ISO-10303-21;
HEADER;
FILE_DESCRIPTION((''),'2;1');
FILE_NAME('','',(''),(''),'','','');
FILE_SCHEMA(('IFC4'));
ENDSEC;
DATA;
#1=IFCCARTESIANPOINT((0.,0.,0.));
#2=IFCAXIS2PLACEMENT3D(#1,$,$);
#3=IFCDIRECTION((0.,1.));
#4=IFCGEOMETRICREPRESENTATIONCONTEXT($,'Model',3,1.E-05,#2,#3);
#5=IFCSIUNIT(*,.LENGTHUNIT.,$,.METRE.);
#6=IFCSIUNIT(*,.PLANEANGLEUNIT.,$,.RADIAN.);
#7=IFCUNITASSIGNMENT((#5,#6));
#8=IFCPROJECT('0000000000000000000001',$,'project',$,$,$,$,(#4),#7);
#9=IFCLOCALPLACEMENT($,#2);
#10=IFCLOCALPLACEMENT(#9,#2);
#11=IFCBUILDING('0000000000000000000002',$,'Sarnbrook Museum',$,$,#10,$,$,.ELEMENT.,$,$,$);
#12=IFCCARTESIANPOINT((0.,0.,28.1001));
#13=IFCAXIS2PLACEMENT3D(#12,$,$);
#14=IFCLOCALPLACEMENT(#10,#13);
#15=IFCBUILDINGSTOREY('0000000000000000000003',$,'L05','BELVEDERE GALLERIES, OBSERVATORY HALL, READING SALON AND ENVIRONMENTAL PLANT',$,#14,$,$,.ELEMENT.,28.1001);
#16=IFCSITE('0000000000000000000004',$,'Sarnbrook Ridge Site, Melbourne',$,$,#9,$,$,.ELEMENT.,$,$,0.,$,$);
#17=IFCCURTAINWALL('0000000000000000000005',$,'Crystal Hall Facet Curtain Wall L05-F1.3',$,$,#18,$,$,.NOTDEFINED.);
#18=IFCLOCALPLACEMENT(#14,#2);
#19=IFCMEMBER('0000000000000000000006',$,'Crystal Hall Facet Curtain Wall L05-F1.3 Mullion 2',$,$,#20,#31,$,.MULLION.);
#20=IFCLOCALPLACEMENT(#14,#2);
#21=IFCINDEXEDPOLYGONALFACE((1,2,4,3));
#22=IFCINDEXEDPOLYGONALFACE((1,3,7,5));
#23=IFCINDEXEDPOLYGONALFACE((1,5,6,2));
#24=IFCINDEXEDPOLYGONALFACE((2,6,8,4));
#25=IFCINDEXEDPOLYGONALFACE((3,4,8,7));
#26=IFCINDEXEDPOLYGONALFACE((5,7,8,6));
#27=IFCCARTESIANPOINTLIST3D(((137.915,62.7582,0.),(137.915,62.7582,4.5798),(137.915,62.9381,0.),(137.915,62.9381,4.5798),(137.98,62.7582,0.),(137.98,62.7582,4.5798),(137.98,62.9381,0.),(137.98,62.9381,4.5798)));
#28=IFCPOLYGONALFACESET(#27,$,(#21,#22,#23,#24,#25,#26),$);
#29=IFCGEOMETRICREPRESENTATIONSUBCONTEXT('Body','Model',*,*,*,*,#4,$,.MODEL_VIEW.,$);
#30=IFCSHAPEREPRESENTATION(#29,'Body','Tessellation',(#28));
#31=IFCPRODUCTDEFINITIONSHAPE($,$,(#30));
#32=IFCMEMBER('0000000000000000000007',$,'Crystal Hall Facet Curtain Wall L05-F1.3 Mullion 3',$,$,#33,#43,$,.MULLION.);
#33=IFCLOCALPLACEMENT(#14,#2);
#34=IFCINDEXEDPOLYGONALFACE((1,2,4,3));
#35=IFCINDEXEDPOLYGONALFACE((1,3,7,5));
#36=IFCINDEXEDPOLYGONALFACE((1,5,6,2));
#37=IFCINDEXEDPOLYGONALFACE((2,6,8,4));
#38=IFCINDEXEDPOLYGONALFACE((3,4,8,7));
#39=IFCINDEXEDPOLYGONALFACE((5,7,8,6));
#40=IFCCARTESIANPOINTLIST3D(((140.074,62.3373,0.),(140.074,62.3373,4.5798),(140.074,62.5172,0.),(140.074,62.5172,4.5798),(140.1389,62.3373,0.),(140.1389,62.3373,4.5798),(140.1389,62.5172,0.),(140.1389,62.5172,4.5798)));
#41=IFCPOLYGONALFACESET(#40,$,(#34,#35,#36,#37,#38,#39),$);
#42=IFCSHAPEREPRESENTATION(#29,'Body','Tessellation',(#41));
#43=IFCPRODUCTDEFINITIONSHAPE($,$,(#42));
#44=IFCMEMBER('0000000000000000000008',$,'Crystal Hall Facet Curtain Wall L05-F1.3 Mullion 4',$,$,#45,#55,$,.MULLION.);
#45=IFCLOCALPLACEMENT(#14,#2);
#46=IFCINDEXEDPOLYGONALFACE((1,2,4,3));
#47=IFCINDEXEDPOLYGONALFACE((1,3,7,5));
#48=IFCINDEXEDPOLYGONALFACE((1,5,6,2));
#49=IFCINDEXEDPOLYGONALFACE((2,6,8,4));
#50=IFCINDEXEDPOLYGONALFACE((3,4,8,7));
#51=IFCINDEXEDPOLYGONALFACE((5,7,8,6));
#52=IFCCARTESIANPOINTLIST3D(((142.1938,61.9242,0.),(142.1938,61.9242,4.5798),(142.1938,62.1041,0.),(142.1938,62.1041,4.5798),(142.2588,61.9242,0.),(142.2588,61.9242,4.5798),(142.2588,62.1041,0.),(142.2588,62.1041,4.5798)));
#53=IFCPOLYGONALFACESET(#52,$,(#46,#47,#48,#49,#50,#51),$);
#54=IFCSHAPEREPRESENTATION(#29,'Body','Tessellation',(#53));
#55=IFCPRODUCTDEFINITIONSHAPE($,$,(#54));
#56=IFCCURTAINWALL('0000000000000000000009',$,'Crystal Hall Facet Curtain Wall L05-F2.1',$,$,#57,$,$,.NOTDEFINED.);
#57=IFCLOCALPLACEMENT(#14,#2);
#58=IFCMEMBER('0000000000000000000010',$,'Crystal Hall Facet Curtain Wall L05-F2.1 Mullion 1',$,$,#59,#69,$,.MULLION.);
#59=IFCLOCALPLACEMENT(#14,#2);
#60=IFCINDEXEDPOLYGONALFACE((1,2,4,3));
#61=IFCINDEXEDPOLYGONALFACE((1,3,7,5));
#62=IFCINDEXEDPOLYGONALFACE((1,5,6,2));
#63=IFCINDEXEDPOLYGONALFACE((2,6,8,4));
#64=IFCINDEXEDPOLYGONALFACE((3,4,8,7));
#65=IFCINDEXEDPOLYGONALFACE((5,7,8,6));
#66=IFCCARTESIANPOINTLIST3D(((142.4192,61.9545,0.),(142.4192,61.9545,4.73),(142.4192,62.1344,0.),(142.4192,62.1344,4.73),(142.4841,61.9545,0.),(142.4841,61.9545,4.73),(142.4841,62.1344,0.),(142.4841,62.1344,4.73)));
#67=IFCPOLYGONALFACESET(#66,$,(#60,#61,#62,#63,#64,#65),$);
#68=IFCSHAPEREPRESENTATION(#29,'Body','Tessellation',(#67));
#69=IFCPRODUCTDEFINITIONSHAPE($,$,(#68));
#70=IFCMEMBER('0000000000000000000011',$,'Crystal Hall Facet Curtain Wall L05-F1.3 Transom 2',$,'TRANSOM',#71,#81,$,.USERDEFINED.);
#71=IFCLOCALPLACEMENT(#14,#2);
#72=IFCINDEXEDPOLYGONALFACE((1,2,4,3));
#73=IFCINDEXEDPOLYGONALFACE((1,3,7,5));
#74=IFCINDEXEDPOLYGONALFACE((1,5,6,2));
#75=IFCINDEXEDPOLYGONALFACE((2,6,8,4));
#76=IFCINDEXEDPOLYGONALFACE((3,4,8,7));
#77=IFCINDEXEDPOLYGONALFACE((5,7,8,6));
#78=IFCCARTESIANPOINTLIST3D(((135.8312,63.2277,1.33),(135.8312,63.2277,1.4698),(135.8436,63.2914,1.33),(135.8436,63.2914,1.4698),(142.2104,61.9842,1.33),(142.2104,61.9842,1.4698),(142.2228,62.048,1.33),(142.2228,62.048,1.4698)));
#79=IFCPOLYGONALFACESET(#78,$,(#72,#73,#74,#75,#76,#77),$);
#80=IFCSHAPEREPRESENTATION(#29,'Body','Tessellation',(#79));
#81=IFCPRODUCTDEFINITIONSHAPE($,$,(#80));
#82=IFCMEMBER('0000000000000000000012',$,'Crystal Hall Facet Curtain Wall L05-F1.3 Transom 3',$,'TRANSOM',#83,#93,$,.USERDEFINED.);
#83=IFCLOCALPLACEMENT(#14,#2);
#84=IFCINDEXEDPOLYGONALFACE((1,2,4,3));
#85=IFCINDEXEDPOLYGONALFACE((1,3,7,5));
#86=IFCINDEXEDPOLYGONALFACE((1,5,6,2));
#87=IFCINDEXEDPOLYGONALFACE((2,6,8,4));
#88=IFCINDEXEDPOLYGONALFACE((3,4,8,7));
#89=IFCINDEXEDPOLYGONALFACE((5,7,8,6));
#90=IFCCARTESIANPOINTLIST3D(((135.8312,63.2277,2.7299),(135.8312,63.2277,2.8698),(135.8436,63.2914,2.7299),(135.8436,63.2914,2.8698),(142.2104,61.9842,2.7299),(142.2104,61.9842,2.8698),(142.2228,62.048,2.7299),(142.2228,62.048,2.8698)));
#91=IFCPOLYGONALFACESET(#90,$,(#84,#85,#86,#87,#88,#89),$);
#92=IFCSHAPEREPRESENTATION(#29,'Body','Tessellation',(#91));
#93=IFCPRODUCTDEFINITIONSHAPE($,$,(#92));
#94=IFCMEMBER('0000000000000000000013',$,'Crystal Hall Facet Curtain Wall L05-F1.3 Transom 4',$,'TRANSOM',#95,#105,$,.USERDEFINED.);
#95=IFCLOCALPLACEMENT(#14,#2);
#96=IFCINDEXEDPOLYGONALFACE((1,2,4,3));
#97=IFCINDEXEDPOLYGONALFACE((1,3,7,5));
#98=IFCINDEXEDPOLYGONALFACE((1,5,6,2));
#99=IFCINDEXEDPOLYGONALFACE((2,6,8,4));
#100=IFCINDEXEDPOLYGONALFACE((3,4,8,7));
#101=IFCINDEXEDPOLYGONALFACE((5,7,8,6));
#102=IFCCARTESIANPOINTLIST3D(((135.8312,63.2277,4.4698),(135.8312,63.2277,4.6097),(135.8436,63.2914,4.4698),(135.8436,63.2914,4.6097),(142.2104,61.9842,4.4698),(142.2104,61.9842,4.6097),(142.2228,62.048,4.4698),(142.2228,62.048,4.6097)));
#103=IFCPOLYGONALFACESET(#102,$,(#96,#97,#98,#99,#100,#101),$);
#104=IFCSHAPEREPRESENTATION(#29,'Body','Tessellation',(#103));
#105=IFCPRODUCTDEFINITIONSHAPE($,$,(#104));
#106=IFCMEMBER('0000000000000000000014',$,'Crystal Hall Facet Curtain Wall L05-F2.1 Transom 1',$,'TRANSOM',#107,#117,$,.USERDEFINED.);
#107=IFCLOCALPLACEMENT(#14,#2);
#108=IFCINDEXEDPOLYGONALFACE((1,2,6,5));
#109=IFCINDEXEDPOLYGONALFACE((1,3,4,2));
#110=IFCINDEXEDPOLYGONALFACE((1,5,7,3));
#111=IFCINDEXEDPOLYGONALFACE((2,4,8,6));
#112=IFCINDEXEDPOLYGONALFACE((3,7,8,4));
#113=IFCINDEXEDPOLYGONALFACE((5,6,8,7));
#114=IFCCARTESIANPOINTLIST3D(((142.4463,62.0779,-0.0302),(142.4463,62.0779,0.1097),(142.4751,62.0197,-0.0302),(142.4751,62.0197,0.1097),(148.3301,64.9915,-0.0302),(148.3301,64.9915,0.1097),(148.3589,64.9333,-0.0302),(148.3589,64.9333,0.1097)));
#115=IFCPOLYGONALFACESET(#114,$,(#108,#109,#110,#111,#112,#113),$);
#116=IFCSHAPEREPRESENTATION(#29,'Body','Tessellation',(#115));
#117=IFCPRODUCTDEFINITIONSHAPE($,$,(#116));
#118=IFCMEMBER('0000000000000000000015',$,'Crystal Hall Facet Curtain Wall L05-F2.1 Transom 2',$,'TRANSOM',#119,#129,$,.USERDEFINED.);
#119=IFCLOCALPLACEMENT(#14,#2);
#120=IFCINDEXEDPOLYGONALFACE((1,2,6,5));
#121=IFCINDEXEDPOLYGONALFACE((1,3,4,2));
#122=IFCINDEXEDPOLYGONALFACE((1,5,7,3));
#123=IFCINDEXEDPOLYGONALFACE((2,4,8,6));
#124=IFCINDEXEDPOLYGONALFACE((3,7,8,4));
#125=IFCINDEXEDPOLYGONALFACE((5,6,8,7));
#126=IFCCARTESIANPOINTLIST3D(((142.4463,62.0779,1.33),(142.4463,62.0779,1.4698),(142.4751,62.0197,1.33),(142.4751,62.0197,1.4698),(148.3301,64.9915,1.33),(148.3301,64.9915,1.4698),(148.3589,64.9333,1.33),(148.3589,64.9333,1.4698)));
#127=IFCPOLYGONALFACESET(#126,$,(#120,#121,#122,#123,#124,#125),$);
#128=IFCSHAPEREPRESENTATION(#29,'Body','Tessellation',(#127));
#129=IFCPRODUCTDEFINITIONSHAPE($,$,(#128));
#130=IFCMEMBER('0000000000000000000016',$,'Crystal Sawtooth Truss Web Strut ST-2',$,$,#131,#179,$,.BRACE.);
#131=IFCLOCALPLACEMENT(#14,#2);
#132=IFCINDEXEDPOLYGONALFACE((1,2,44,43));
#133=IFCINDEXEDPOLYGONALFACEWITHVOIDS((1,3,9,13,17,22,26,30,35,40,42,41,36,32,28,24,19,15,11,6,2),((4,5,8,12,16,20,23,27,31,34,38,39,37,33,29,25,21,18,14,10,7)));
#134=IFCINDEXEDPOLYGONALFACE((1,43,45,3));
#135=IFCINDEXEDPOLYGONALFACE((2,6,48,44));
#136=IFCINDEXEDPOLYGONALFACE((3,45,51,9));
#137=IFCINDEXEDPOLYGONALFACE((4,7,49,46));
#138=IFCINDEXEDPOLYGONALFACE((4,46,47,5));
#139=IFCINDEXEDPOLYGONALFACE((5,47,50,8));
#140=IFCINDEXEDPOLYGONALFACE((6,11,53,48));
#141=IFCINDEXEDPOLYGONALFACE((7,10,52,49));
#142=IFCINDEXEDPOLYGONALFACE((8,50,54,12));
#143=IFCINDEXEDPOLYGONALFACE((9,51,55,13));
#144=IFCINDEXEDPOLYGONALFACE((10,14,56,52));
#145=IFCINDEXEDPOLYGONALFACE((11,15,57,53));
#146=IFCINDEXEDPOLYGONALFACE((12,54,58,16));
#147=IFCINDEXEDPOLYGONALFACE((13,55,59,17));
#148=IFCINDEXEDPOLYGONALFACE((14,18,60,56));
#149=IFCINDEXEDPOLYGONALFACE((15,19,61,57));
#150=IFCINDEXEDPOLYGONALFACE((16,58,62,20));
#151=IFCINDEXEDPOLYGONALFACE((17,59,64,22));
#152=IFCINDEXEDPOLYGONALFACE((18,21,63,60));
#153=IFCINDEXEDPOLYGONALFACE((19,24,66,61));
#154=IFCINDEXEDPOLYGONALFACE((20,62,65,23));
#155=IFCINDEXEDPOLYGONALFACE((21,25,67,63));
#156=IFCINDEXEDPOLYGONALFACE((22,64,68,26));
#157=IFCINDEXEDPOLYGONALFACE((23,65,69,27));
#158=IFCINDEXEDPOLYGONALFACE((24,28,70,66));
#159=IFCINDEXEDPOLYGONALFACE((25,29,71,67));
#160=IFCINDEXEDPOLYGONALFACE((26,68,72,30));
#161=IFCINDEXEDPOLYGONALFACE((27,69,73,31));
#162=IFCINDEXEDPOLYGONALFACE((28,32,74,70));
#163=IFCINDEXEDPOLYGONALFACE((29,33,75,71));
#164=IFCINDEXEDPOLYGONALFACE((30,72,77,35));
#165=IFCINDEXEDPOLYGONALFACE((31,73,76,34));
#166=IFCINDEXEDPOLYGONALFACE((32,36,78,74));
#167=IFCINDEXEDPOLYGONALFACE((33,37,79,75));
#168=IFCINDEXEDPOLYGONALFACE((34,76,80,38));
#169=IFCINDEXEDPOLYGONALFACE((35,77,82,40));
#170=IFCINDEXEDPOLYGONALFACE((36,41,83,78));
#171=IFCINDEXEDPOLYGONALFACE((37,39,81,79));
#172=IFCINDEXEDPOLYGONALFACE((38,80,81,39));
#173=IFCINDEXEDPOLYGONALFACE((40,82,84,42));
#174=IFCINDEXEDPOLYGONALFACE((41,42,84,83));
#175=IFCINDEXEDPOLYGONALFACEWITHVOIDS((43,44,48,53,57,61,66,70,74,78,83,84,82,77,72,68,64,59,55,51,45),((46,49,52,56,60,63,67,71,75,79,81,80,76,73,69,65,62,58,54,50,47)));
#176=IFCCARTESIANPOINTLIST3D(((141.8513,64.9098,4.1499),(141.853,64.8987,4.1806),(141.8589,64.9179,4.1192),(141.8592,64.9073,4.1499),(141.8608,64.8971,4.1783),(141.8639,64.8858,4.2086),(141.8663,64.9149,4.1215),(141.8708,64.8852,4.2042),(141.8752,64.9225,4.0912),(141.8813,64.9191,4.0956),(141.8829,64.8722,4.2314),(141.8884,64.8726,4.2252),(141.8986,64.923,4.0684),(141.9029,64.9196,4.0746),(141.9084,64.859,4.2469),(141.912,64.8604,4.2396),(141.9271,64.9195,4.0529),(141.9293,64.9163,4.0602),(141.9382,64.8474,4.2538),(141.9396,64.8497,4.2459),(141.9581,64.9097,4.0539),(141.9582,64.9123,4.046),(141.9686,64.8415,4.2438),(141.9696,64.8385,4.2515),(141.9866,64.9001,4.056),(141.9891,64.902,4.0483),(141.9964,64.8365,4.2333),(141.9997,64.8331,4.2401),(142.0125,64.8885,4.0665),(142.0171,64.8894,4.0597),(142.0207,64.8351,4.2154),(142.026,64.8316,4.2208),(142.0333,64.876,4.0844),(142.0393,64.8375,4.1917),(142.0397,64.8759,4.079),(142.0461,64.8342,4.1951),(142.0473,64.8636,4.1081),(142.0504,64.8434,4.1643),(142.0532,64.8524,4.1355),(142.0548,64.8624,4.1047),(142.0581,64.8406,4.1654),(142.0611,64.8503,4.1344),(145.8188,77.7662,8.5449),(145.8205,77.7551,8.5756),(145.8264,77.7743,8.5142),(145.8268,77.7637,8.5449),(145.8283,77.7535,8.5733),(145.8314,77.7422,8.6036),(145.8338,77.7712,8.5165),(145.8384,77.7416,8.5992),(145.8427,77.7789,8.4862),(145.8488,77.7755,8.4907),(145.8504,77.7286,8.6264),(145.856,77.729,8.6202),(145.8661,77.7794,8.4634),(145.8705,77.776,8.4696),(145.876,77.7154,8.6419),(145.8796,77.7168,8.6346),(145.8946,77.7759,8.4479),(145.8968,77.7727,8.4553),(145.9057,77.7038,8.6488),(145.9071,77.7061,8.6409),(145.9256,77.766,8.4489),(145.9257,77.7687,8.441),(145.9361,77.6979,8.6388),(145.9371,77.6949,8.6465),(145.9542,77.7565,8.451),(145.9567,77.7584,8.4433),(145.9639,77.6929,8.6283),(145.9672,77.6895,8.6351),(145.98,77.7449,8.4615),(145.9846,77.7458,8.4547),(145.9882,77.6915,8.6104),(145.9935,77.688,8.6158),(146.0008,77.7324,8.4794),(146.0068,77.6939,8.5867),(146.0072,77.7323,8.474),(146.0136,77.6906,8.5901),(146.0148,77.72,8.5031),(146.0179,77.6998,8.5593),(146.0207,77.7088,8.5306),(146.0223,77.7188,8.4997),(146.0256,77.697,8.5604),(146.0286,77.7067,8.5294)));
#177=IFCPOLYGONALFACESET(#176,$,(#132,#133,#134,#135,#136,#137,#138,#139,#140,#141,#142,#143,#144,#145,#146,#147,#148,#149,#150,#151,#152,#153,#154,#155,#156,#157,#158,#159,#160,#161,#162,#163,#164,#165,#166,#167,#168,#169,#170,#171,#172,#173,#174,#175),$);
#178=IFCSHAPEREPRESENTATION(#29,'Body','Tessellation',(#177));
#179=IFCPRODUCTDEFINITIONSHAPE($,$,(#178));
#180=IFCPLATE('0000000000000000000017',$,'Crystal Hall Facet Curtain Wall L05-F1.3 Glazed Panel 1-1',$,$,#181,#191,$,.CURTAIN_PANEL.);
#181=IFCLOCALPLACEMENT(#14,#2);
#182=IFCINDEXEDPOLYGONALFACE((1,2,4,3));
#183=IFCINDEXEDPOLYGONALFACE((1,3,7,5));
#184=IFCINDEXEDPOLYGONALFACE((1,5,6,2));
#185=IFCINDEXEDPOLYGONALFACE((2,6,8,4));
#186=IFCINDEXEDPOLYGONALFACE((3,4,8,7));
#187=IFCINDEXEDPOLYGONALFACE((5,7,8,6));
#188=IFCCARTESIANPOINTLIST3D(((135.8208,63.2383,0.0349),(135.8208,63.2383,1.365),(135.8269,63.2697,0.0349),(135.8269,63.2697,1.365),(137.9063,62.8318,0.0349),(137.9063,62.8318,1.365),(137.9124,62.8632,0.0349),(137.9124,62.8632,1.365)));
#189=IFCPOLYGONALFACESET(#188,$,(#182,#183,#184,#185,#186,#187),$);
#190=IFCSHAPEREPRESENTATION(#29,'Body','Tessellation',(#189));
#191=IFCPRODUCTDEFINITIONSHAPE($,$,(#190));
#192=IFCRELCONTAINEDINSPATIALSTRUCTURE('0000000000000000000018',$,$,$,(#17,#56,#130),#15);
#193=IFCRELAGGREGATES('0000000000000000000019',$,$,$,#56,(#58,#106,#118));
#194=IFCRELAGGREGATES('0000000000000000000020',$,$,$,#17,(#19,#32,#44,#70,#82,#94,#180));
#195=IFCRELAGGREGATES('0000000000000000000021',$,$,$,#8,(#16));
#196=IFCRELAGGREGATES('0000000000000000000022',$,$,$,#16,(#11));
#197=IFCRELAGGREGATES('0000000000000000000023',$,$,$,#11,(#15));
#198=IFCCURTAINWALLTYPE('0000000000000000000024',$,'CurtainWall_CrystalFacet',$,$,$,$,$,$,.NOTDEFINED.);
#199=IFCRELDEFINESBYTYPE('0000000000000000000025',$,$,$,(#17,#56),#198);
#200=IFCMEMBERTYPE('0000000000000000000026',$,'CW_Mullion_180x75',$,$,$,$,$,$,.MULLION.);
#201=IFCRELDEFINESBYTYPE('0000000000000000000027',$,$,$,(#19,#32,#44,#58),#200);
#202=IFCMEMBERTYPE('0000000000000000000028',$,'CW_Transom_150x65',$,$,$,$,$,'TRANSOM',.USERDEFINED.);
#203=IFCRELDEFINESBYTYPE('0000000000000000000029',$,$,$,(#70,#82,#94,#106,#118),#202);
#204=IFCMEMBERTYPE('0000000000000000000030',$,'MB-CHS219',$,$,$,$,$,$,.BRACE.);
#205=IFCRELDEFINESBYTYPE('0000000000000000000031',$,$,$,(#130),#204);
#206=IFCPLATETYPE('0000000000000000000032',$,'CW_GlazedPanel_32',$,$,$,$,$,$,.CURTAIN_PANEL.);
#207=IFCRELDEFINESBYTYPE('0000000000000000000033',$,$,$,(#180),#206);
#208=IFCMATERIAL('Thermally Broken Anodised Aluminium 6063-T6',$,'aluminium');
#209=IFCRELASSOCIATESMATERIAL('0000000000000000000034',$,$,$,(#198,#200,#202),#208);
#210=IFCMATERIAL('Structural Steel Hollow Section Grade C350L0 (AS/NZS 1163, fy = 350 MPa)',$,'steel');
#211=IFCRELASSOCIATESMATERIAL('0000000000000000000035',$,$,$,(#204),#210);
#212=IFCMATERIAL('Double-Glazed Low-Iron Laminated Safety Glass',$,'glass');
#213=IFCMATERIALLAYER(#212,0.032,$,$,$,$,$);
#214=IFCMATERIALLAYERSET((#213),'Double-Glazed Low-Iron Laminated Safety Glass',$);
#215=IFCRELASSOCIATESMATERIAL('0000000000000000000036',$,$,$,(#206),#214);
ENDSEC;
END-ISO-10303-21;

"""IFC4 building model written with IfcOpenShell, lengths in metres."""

from ifc_helpers import new_model, si_unit, direction, frame, origin, origin_2d, place, context, subcontext, project, spatial, rectangle, hollow_circle, extrude, material, layer, layer_set, material_profile, profile_set, type_object, element, aggregate, save


model = new_model("IFC4")

# Units and contexts
model_context = context("Model", 3, precision=1e-05, world=origin(), true_north=direction((0.0, 1.0)))
body_context = subcontext(model_context, "Body", "Model", "MODEL_VIEW")
ifc_project = project(units=[si_unit("LENGTHUNIT", "METRE"), si_unit("PLANEANGLEUNIT", "RADIAN")], contexts=[model_context])

# Site, building, storey
site_placement = place(None, origin())
site = spatial("IfcSite", under=ifc_project, at=site_placement, Name="Sarnbrook Ridge Site, Melbourne", CompositionType="ELEMENT", RefElevation=0.0)
building_placement = place(site_placement, origin())
building = spatial("IfcBuilding", under=site, at=building_placement, Name="Sarnbrook Museum", CompositionType="ELEMENT")
storey_placement = place(building_placement, frame((0.0, 0.0, 28.1001)))
storey = spatial("IfcBuildingStorey", under=building, at=storey_placement, Name="L05", Description="BELVEDERE GALLERIES, OBSERVATORY HALL, READING SALON AND ENVIRONMENTAL PLANT", CompositionType="ELEMENT", Elevation=28.1001)

# Curtain wall, members
ifc_material_1 = material(Name="Thermally Broken Anodised Aluminium 6063-T6", Category="aluminium")
curtain_wall_type = type_object("IfcCurtainWallType", Name="CurtainWall_CrystalFacet", PredefinedType="NOTDEFINED", material=ifc_material_1)
curtain_wall_1_placement = place(storey_placement, origin())
curtain_wall_1 = element("IfcCurtainWall", 1, at=curtain_wall_1_placement, inside=storey, type_object=curtain_wall_type, Name="Crystal Hall Facet Curtain Wall L05-F1.3", PredefinedType="NOTDEFINED")
ifc_material_profile_1 = material_profile(ifc_material_1, rectangle(XDim=0.0649, YDim=0.1799, at=origin_2d()), Name="ALU MULLION 65x180")
ifc_profile_set_1 = profile_set([ifc_material_profile_1], Name="Thermally Broken Anodised Aluminium 6063-T6")
member_type_1 = type_object("IfcMemberType", Name="CW_Mullion_180x75", PredefinedType="MULLION", material=ifc_profile_set_1)
member_1_placement = place(storey_placement, frame((137.9475, 62.8481, 0.0), z_axis=(0.0, 0.0, 1.0), x_axis=(1.0, 0.0, 0.0)))
member_1 = element("IfcMember", 2, at=member_1_placement, type_object=member_type_1, Name="Crystal Hall Facet Curtain Wall L05-F1.3 Mullion 2", PredefinedType="MULLION", context=body_context, shape_type="SweptSolid", body=[
    extrude(rectangle(XDim=0.0649, YDim=0.1799, at=origin_2d()), origin(), (0.0, 0.0, 1.0), 4.5798),
])
member_2_placement = place(storey_placement, frame((140.1064, 62.4272, 0.0), z_axis=(0.0, 0.0, 1.0), x_axis=(1.0, 0.0, 0.0)))
member_2 = element("IfcMember", 3, at=member_2_placement, type_object=member_type_1, Name="Crystal Hall Facet Curtain Wall L05-F1.3 Mullion 3", PredefinedType="MULLION", context=body_context, shape_type="SweptSolid", body=[
    extrude(rectangle(XDim=0.0649, YDim=0.1799, at=origin_2d()), origin(), (0.0, 0.0, 1.0), 4.5798),
])
member_3_placement = place(storey_placement, frame((142.2263, 62.0142, 0.0), z_axis=(0.0, 0.0, 1.0), x_axis=(1.0, 0.0, 0.0)))
member_3 = element("IfcMember", 4, at=member_3_placement, type_object=member_type_1, Name="Crystal Hall Facet Curtain Wall L05-F1.3 Mullion 4", PredefinedType="MULLION", context=body_context, shape_type="SweptSolid", body=[
    extrude(rectangle(XDim=0.0649, YDim=0.1799, at=origin_2d()), origin(), (0.0, 0.0, 1.0), 4.5798),
])

# Curtain wall, member
curtain_wall_2_placement = place(storey_placement, origin())
curtain_wall_2 = element("IfcCurtainWall", 5, at=curtain_wall_2_placement, inside=storey, type_object=curtain_wall_type, Name="Crystal Hall Facet Curtain Wall L05-F2.1", PredefinedType="NOTDEFINED")
member_4_placement = place(storey_placement, frame((142.4517, 62.0444, 0.0), z_axis=(0.0, 0.0, 1.0), x_axis=(1.0, 0.0, 0.0)))
member_4 = element("IfcMember", 6, at=member_4_placement, type_object=member_type_1, Name="Crystal Hall Facet Curtain Wall L05-F2.1 Mullion 1", PredefinedType="MULLION", context=body_context, shape_type="SweptSolid", body=[
    extrude(rectangle(XDim=0.0649, YDim=0.1799, at=origin_2d()), origin(), (0.0, 0.0, 1.0), 4.73),
])

# Members
ifc_material_profile_2 = material_profile(ifc_material_1, rectangle(XDim=0.0649, YDim=0.1399, at=origin_2d()), Name="ALU TRANSOM 65x140")
ifc_profile_set_2 = profile_set([ifc_material_profile_2], Name="Thermally Broken Anodised Aluminium 6063-T6")
member_type_2 = type_object("IfcMemberType", Name="CW_Transom_150x65", ElementType="TRANSOM", PredefinedType="USERDEFINED", material=ifc_profile_set_2)
member_5_placement = place(storey_placement, frame((135.8374, 63.2595, 1.3999), z_axis=(0.981528, -0.191317, 0.0), x_axis=(0.191317, 0.981528, 0.0)))
member_5 = element("IfcMember", 7, at=member_5_placement, type_object=member_type_2, Name="Crystal Hall Facet Curtain Wall L05-F1.3 Transom 2", ObjectType="TRANSOM", PredefinedType="USERDEFINED", context=body_context, shape_type="SweptSolid", body=[
    extrude(rectangle(XDim=0.0649, YDim=0.1399, at=origin_2d()), origin(), (0.0, 0.0, 1.0), 6.4993),
])
member_6_placement = place(storey_placement, frame((135.8374, 63.2595, 2.7998), z_axis=(0.981528, -0.191317, 0.0), x_axis=(0.191317, 0.981528, 0.0)))
member_6 = element("IfcMember", 8, at=member_6_placement, type_object=member_type_2, Name="Crystal Hall Facet Curtain Wall L05-F1.3 Transom 3", ObjectType="TRANSOM", PredefinedType="USERDEFINED", context=body_context, shape_type="SweptSolid", body=[
    extrude(rectangle(XDim=0.0649, YDim=0.1399, at=origin_2d()), origin(), (0.0, 0.0, 1.0), 6.4993),
])
member_7_placement = place(storey_placement, frame((135.8374, 63.2595, 4.5398), z_axis=(0.981528, -0.191317, 0.0), x_axis=(0.191317, 0.981528, 0.0)))
member_7 = element("IfcMember", 9, at=member_7_placement, type_object=member_type_2, Name="Crystal Hall Facet Curtain Wall L05-F1.3 Transom 4", ObjectType="TRANSOM", PredefinedType="USERDEFINED", context=body_context, shape_type="SweptSolid", body=[
    extrude(rectangle(XDim=0.0649, YDim=0.1399, at=origin_2d()), origin(), (0.0, 0.0, 1.0), 6.4993),
])
member_8_placement = place(storey_placement, frame((142.4607, 62.0488, 0.0398), z_axis=(0.896146, 0.44376, 0.0), x_axis=(-0.44376, 0.896146, 0.0)))
member_8 = element("IfcMember", 10, at=member_8_placement, type_object=member_type_2, Name="Crystal Hall Facet Curtain Wall L05-F2.1 Transom 1", ObjectType="TRANSOM", PredefinedType="USERDEFINED", context=body_context, shape_type="SweptSolid", body=[
    extrude(rectangle(XDim=0.0649, YDim=0.1399, at=origin_2d()), origin(), (0.0, 0.0, 1.0), 6.5657),
])
member_9_placement = place(storey_placement, frame((142.4607, 62.0488, 1.3999), z_axis=(0.896146, 0.44376, 0.0), x_axis=(-0.44376, 0.896146, 0.0)))
member_9 = element("IfcMember", 11, at=member_9_placement, type_object=member_type_2, Name="Crystal Hall Facet Curtain Wall L05-F2.1 Transom 2", ObjectType="TRANSOM", PredefinedType="USERDEFINED", context=body_context, shape_type="SweptSolid", body=[
    extrude(rectangle(XDim=0.0649, YDim=0.1399, at=origin_2d()), origin(), (0.0, 0.0, 1.0), 6.5657),
])
aggregate(curtain_wall_2, [member_4, member_8, member_9])
ifc_material_2 = material(Name="Structural Steel Hollow Section Grade C350L0 (AS/NZS 1163, fy = 350 MPa)", Category="steel")
ifc_material_profile_3 = material_profile(ifc_material_2, hollow_circle(Radius=0.1096, WallThickness=0.0083, at=origin_2d()), Name="219.1x8.2CHS")
ifc_profile_set_3 = profile_set([ifc_material_profile_3], Name="Structural Steel Hollow Section Grade C350L0 (AS/NZS 1163, fy = 350 MPa)")
member_type_3 = type_object("IfcMemberType", Name="MB-CHS219", PredefinedType="BRACE", material=ifc_profile_set_3)
member_10_placement = place(storey_placement, frame((141.9561, 64.8774, 4.1499), z_axis=(0.280305, 0.908303, 0.310507), x_axis=(-0.955534, 0.29488, 0.0)))
element("IfcMember", 12, at=member_10_placement, inside=storey, type_object=member_type_3, Name="Crystal Sawtooth Truss Web Strut ST-2", PredefinedType="BRACE", context=body_context, shape_type="SweptSolid", body=[
    extrude(hollow_circle(Radius=0.1096, WallThickness=0.0083, at=origin_2d()), origin(), (0.0, 0.0, 1.0), 14.1543),
])

# Plate
ifc_material_3 = material(Name="Double-Glazed Low-Iron Laminated Safety Glass", Category="glass")
ifc_layer_1 = layer(ifc_material_3, 0.032)
ifc_layer_set_1 = layer_set([ifc_layer_1], Name="Double-Glazed Low-Iron Laminated Safety Glass")
plate_type_1 = type_object("IfcPlateType", Name="CW_GlazedPanel_32", PredefinedType="CURTAIN_PANEL", material=ifc_layer_set_1)
plate_1_placement = place(storey_placement, frame((136.8696, 63.0664, 0.7), z_axis=(-0.191312, -0.981529, 0.0), x_axis=(0.981529, -0.191312, 0.0)))
plate_1 = element("IfcPlate", 13, at=plate_1_placement, type_object=plate_type_1, Name="Crystal Hall Facet Curtain Wall L05-F1.3 Glazed Panel 1-1", PredefinedType="CURTAIN_PANEL", context=body_context, shape_type="SweptSolid", body=[
    extrude(rectangle(XDim=2.1248, YDim=1.3301, at=origin_2d()), origin(), (0.0, 0.0, 1.0), 0.032),
])
aggregate(curtain_wall_1, [member_1, member_2, member_3, member_5, member_6, member_7, plate_1])

save(model, "model.ifc")
